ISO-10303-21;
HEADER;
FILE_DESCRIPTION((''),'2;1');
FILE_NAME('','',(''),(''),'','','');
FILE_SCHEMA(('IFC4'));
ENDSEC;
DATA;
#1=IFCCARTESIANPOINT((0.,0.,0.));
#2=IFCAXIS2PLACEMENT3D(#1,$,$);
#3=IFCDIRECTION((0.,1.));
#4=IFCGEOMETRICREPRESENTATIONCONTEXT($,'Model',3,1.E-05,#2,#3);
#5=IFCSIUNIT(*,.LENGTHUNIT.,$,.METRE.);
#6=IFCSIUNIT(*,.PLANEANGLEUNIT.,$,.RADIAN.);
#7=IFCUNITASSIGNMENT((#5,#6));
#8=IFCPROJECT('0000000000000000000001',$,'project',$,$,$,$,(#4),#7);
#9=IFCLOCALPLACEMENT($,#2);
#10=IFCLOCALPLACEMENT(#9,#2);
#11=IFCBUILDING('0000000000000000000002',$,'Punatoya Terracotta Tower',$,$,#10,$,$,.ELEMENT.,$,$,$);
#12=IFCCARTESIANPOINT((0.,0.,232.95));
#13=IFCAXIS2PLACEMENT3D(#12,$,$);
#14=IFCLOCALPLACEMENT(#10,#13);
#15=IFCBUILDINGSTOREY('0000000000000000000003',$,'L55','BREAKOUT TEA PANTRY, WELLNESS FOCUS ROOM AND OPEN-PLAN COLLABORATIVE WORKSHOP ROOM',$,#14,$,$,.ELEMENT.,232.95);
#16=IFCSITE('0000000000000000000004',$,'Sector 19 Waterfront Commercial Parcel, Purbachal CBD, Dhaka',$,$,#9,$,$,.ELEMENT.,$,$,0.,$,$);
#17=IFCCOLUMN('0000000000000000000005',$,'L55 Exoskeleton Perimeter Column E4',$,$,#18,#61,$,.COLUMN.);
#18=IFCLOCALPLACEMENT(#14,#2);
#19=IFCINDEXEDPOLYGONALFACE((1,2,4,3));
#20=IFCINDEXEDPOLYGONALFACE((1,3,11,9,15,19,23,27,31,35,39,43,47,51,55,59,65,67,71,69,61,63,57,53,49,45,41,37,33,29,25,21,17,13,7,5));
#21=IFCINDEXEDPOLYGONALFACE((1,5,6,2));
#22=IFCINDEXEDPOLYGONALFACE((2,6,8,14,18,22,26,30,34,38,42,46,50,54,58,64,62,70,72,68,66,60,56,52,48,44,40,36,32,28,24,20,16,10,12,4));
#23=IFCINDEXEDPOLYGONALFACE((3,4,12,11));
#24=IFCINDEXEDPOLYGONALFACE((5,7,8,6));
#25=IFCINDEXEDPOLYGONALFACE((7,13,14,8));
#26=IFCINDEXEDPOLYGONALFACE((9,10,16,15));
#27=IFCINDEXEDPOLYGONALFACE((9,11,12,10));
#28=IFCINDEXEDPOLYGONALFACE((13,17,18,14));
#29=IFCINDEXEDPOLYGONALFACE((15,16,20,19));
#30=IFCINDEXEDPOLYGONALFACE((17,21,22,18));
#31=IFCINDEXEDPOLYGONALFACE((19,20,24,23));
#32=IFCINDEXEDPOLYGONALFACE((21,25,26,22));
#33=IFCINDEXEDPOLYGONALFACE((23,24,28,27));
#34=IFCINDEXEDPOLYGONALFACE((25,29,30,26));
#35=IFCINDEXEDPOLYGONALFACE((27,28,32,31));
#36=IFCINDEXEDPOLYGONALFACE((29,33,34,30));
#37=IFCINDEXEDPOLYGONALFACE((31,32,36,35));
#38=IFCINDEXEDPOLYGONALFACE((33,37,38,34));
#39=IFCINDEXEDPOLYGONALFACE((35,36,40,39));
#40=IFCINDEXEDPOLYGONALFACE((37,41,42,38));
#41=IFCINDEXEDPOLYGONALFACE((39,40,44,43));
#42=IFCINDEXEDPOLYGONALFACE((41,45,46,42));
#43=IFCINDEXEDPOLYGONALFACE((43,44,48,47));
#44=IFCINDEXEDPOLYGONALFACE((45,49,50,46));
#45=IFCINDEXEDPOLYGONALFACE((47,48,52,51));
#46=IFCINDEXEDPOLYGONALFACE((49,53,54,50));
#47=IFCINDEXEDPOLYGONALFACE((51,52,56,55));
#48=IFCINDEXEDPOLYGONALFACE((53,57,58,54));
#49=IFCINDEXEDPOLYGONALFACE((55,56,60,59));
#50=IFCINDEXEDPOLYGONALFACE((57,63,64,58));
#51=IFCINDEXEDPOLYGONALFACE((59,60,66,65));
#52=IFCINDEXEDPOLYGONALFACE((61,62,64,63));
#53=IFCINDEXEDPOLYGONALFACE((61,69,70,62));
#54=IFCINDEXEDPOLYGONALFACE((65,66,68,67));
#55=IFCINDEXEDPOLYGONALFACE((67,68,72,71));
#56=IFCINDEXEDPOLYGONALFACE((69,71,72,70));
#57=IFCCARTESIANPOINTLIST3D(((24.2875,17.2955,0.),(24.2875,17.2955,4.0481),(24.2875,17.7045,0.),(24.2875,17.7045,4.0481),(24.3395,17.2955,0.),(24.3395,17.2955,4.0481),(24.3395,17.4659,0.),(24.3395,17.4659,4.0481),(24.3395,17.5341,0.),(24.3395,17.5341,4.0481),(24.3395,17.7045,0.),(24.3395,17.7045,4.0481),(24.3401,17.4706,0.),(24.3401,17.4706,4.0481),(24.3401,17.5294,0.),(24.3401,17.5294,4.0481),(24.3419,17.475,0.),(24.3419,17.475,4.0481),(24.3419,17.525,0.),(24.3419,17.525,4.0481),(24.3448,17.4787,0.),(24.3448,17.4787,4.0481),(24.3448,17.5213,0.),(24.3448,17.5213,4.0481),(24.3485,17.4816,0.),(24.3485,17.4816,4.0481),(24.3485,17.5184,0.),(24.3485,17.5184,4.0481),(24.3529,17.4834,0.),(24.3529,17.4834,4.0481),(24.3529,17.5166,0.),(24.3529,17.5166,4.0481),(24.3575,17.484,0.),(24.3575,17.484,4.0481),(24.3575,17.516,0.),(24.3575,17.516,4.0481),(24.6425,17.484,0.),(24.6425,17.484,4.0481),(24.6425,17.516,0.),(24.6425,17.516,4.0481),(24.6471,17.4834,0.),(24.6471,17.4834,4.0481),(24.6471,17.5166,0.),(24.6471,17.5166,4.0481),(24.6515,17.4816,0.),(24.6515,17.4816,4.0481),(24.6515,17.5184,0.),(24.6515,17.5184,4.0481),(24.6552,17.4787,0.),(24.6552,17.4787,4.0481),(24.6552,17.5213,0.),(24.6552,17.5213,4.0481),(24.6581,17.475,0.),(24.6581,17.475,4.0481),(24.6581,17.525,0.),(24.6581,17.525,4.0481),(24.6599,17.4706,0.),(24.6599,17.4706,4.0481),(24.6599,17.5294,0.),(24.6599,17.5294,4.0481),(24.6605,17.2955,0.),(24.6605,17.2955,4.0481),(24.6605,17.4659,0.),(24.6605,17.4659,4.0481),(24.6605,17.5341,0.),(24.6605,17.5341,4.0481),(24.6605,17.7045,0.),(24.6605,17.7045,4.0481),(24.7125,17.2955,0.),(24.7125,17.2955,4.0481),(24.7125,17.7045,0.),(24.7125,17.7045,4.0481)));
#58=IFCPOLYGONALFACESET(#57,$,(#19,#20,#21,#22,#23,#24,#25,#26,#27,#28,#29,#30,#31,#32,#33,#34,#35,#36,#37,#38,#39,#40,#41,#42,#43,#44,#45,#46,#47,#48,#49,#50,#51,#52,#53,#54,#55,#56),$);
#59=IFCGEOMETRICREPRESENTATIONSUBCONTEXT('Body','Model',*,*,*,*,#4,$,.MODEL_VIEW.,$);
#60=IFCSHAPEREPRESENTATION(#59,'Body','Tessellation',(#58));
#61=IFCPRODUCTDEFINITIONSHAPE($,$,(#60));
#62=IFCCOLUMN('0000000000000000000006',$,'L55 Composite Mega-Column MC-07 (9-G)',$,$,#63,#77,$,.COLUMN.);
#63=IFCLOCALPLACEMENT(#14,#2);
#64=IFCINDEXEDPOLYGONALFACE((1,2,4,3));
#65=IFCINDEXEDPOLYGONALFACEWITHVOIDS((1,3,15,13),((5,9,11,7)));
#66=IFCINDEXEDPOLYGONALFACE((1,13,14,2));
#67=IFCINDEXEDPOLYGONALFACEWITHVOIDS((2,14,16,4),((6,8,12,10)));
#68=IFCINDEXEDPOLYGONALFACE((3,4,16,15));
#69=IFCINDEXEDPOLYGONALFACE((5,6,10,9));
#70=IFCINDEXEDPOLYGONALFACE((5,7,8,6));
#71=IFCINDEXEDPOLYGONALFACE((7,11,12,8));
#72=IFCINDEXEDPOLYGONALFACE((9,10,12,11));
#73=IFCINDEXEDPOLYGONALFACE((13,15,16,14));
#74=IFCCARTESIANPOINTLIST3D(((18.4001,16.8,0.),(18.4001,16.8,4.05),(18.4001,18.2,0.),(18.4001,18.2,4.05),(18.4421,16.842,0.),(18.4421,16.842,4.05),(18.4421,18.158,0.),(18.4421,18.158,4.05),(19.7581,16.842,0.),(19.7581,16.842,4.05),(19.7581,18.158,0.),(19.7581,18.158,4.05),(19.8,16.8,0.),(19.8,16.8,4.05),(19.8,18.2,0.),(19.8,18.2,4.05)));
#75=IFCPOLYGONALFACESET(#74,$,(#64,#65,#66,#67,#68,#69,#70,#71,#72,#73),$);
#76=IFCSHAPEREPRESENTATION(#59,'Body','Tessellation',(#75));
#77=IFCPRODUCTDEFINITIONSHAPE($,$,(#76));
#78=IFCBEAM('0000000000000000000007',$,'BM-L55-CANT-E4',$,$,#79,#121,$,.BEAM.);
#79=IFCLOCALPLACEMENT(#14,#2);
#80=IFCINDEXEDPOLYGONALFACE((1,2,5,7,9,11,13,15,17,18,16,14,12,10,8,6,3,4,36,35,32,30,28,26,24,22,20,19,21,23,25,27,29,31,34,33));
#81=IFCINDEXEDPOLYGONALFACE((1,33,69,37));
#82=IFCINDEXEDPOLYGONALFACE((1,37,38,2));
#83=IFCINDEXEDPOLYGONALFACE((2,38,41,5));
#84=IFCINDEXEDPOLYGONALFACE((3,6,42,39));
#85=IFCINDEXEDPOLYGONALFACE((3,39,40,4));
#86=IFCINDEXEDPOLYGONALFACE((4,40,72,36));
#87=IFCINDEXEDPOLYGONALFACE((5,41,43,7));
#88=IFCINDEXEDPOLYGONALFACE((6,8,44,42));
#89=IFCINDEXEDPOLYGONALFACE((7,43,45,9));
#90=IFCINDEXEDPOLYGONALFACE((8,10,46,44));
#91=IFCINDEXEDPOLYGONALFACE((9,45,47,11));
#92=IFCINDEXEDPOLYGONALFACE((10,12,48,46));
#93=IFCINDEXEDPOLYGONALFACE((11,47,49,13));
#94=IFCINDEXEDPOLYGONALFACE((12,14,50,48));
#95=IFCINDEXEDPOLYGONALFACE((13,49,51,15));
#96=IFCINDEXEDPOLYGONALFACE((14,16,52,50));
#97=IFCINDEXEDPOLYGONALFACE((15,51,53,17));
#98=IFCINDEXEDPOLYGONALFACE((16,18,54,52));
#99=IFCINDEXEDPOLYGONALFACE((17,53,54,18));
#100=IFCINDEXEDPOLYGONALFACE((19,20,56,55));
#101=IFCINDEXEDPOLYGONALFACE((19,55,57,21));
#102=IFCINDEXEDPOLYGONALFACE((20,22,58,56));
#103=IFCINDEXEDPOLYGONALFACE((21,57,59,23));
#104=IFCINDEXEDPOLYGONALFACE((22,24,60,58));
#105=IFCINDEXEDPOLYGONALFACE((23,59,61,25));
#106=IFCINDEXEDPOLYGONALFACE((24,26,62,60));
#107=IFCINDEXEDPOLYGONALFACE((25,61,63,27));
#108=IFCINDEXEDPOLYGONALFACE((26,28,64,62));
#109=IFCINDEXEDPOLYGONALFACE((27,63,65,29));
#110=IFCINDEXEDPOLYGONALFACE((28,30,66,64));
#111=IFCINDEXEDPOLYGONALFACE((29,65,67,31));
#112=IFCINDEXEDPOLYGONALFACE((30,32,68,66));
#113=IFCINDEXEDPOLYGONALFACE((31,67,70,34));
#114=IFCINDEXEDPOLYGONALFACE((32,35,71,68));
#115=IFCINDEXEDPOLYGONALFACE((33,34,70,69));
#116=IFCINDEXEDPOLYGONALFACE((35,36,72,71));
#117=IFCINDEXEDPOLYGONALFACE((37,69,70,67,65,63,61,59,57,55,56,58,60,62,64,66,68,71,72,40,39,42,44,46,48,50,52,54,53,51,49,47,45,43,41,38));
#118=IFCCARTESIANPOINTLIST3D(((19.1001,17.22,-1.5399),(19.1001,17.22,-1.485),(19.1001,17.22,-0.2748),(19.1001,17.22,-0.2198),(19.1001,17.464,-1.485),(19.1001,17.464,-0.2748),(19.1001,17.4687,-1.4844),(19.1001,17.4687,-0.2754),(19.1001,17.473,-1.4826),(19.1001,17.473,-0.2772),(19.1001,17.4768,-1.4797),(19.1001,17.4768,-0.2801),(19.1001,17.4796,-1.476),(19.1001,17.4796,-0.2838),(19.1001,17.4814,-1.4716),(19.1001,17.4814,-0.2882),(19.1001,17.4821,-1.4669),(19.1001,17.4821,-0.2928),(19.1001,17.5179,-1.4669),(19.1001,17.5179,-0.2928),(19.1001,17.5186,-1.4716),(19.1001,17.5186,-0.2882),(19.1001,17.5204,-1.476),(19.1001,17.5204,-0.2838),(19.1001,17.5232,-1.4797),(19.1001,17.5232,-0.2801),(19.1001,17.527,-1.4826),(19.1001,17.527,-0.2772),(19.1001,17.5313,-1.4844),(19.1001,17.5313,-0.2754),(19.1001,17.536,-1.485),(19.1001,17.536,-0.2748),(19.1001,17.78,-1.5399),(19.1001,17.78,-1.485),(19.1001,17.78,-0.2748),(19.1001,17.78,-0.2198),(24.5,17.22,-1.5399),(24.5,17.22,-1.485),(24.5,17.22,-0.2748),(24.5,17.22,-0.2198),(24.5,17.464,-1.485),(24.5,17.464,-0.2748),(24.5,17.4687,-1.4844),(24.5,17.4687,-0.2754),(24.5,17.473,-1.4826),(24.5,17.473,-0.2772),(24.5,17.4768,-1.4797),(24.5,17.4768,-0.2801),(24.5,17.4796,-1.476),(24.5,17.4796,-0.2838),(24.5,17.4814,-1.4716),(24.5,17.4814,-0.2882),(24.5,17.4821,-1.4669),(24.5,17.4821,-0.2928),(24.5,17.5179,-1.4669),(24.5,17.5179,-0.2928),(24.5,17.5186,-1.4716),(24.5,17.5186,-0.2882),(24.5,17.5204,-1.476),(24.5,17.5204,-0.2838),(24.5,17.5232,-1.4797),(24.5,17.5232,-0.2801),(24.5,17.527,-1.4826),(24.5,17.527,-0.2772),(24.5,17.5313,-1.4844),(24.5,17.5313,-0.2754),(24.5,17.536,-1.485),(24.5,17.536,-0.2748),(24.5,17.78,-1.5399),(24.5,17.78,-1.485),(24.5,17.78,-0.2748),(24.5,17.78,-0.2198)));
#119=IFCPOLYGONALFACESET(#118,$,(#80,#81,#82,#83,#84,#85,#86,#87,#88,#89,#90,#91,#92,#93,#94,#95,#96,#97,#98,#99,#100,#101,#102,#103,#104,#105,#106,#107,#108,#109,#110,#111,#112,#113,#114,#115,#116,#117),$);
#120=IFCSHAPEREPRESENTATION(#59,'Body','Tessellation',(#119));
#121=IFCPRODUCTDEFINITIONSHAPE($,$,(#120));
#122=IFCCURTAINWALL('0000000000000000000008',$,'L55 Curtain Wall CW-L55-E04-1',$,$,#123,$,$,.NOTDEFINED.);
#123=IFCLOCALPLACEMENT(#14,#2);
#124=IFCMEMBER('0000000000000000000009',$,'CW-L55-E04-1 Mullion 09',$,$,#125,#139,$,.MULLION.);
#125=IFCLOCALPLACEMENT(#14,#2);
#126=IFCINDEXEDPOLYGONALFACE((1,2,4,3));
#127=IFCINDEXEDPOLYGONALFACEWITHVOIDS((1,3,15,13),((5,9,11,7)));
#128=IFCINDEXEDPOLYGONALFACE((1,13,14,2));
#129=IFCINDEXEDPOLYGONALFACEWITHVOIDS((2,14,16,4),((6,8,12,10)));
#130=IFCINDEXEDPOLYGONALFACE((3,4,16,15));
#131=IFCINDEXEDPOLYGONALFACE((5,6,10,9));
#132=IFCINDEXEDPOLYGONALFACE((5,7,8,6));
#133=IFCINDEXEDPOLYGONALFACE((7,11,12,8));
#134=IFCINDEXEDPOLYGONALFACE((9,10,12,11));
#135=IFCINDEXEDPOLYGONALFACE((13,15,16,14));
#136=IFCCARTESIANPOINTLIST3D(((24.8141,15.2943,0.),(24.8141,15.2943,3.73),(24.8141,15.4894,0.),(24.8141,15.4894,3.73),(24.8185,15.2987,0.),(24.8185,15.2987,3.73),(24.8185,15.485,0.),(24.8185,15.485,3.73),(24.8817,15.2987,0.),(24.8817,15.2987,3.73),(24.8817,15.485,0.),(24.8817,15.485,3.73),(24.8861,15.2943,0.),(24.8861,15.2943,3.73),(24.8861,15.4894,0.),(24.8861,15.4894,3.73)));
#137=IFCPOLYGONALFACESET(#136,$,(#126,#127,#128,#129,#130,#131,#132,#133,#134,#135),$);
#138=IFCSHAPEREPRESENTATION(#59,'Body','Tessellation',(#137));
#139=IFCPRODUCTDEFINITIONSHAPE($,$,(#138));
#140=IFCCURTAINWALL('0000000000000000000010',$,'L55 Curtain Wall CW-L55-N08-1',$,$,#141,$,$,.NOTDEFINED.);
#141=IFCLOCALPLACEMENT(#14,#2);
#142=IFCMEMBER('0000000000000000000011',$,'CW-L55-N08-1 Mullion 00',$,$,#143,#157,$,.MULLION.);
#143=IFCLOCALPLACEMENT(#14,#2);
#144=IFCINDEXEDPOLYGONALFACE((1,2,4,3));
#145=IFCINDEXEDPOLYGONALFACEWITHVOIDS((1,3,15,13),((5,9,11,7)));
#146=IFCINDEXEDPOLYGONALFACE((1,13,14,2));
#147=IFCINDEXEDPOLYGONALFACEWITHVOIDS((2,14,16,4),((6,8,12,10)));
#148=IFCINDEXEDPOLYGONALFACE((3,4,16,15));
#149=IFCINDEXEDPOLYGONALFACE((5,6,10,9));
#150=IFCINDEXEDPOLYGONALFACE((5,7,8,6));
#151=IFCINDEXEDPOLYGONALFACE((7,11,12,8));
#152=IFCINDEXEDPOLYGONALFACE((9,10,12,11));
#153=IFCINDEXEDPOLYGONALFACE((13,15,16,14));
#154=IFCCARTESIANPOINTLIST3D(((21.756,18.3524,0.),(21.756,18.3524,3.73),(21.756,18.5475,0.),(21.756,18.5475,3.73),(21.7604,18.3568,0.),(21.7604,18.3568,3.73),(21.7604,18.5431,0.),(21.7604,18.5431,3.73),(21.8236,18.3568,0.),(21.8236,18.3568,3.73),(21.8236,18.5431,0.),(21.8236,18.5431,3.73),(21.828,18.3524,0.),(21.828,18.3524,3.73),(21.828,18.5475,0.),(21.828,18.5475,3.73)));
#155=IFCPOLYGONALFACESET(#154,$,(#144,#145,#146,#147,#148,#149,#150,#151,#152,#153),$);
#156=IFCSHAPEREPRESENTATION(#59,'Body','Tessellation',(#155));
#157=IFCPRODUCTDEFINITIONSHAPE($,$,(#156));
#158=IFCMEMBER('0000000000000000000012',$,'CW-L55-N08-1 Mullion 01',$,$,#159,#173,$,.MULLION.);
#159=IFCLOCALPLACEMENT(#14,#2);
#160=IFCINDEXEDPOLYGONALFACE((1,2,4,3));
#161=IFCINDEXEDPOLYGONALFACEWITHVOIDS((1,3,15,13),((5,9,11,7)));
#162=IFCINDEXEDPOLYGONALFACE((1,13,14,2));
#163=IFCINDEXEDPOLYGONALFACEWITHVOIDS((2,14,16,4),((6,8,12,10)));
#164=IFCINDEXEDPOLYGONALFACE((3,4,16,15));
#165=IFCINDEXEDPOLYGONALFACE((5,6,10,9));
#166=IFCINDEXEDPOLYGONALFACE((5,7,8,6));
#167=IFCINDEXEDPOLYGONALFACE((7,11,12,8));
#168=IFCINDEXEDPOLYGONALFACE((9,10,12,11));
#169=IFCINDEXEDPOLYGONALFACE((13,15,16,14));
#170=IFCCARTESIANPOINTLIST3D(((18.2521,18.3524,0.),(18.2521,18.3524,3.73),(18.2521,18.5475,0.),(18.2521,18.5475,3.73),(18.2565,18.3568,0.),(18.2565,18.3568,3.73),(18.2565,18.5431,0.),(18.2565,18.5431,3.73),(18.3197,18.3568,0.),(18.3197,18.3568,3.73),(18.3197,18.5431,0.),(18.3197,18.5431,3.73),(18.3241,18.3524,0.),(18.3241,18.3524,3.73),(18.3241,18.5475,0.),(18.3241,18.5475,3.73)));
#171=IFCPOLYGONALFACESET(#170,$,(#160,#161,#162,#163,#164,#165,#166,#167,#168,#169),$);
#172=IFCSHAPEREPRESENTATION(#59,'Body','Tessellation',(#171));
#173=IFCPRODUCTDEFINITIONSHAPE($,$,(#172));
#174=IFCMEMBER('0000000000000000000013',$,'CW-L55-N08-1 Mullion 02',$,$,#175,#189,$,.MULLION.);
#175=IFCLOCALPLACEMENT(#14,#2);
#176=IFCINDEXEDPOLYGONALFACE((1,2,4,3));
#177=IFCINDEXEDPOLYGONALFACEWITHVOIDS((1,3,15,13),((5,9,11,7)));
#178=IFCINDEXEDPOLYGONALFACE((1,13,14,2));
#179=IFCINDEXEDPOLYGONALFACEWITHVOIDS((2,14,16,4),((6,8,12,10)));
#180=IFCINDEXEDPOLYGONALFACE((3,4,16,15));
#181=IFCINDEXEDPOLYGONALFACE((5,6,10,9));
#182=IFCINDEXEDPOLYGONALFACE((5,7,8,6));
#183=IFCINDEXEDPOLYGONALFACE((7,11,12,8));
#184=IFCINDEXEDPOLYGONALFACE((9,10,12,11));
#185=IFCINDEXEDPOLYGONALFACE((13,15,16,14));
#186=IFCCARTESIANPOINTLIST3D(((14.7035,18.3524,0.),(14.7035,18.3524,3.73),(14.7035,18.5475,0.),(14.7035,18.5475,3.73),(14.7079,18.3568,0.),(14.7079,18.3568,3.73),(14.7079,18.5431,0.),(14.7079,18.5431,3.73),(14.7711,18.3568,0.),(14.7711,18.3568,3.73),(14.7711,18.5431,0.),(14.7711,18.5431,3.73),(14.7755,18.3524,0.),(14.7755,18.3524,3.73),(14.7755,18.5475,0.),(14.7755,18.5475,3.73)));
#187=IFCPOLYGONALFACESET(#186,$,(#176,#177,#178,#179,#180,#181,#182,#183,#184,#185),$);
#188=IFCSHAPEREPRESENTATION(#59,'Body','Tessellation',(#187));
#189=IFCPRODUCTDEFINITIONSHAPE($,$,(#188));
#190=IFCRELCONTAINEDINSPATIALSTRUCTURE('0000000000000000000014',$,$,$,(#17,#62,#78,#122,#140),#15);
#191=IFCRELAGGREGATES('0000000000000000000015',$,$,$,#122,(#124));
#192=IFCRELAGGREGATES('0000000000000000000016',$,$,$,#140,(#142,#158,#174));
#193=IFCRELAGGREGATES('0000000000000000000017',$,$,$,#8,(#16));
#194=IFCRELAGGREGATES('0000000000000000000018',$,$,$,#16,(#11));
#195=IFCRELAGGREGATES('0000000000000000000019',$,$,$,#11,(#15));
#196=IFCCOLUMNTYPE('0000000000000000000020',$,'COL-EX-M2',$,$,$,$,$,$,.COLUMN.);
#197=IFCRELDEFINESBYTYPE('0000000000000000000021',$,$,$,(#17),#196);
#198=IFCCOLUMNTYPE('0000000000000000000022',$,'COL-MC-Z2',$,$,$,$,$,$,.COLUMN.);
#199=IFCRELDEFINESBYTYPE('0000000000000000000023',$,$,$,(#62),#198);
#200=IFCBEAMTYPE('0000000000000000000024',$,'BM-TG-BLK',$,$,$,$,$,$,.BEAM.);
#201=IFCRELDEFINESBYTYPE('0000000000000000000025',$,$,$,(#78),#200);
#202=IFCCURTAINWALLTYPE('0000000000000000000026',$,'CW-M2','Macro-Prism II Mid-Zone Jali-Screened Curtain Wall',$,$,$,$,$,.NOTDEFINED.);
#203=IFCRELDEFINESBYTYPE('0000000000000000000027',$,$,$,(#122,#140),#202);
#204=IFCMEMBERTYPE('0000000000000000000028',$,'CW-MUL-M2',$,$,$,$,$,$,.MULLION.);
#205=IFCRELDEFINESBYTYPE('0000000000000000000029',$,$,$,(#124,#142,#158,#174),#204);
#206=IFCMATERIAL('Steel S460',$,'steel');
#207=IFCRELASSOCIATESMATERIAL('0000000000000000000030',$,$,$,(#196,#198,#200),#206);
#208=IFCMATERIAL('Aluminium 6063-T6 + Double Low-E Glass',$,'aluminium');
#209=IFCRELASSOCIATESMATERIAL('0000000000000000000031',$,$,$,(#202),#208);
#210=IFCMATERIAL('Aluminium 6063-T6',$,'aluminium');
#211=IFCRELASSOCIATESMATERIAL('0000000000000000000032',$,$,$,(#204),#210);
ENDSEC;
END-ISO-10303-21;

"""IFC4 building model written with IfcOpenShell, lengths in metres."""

from ifc_helpers import new_model, si_unit, direction, frame, origin, origin_2d, place, context, subcontext, project, spatial, hollow_rectangle, i_section, extrude, material, material_profile, profile_set, type_object, element, aggregate, save


model = new_model("IFC4")

# Units and contexts
model_context = context("Model", 3, precision=1e-05, world=origin(), true_north=direction((0.0, 1.0)))
body_context = subcontext(model_context, "Body", "Model", "MODEL_VIEW")
ifc_project = project(units=[si_unit("LENGTHUNIT", "METRE"), si_unit("PLANEANGLEUNIT", "RADIAN")], contexts=[model_context])

# Site, building, storey
site_placement = place(None, origin())
site = spatial("IfcSite", under=ifc_project, at=site_placement, Name="Sector 19 Waterfront Commercial Parcel, Purbachal CBD, Dhaka", CompositionType="ELEMENT", RefElevation=0.0)
building_placement = place(site_placement, origin())
building = spatial("IfcBuilding", under=site, at=building_placement, Name="Punatoya Terracotta Tower", CompositionType="ELEMENT")
storey_placement = place(building_placement, frame((0.0, 0.0, 232.95)))
storey = spatial("IfcBuildingStorey", under=building, at=storey_placement, Name="L55", Description="BREAKOUT TEA PANTRY, WELLNESS FOCUS ROOM AND OPEN-PLAN COLLABORATIVE WORKSHOP ROOM", CompositionType="ELEMENT", Elevation=232.95)

# Columns
ifc_material_1 = material(Name="Steel S460", Category="steel")
ifc_material_profile_1 = material_profile(ifc_material_1, i_section(OverallWidth=0.4089, OverallDepth=0.425, WebThickness=0.032, FlangeThickness=0.052, FilletRadius=0.0181, at=origin_2d()))
ifc_profile_set_1 = profile_set([ifc_material_profile_1], Name="Steel S460")
column_type_1 = type_object("IfcColumnType", Name="COL-EX-M2", PredefinedType="COLUMN", material=ifc_profile_set_1)
column_1_placement = place(storey_placement, frame((24.5, 17.5, 0.0), z_axis=(0.0, 0.0, 1.0), x_axis=(0.0, 1.0, 0.0)))
element("IfcColumn", 1, at=column_1_placement, inside=storey, type_object=column_type_1, Name="L55 Exoskeleton Perimeter Column E4", PredefinedType="COLUMN", context=body_context, shape_type="SweptSolid", body=[
    extrude(i_section(OverallWidth=0.4089, OverallDepth=0.425, WebThickness=0.032, FlangeThickness=0.052, FilletRadius=0.0181, at=origin_2d()), origin(), (0.0, 0.0, 1.0), 4.0481),
])
ifc_material_profile_2 = material_profile(ifc_material_1, hollow_rectangle(XDim=1.3999, YDim=1.3999, WallThickness=0.042, at=origin_2d()))
ifc_profile_set_2 = profile_set([ifc_material_profile_2], Name="Steel S460")
column_type_2 = type_object("IfcColumnType", Name="COL-MC-Z2", PredefinedType="COLUMN", material=ifc_profile_set_2)
column_2_placement = place(storey_placement, frame((19.1001, 17.5, 0.0), z_axis=(0.0, 0.0, 1.0), x_axis=(1.0, 0.0, 0.0)))
element("IfcColumn", 2, at=column_2_placement, inside=storey, type_object=column_type_2, Name="L55 Composite Mega-Column MC-07 (9-G)", PredefinedType="COLUMN", context=body_context, shape_type="SweptSolid", body=[
    extrude(hollow_rectangle(XDim=1.3999, YDim=1.3999, WallThickness=0.042, at=origin_2d()), origin(), (0.0, 0.0, 1.0), 4.05),
])

# Beam
ifc_material_profile_3 = material_profile(ifc_material_1, i_section(OverallWidth=0.5601, OverallDepth=1.3201, WebThickness=0.0359, FlangeThickness=0.0549, FilletRadius=0.0181, at=origin_2d()))
ifc_profile_set_3 = profile_set([ifc_material_profile_3], Name="Steel S460")
beam_type = type_object("IfcBeamType", Name="BM-TG-BLK", PredefinedType="BEAM", material=ifc_profile_set_3)
beam_placement = place(storey_placement, frame((19.1001, 17.5, -0.8799), z_axis=(1.0, 0.0, 0.0), x_axis=(0.0, 1.0, 0.0)))
element("IfcBeam", 3, at=beam_placement, inside=storey, type_object=beam_type, Name="BM-L55-CANT-E4", PredefinedType="BEAM", context=body_context, shape_type="SweptSolid", body=[
    extrude(i_section(OverallWidth=0.5601, OverallDepth=1.3201, WebThickness=0.0359, FlangeThickness=0.0549, FilletRadius=0.0181, at=origin_2d()), origin(), (0.0, 0.0, 1.0), 5.3999),
])

# Curtain wall, member
ifc_material_2 = material(Name="Aluminium 6063-T6 + Double Low-E Glass", Category="aluminium")
curtain_wall_type = type_object("IfcCurtainWallType", Name="CW-M2", Description="Macro-Prism II Mid-Zone Jali-Screened Curtain Wall", PredefinedType="NOTDEFINED", material=ifc_material_2)
curtain_wall_1_placement = place(storey_placement, origin())
curtain_wall_1 = element("IfcCurtainWall", 4, at=curtain_wall_1_placement, inside=storey, type_object=curtain_wall_type, Name="L55 Curtain Wall CW-L55-E04-1", PredefinedType="NOTDEFINED")
ifc_material_3 = material(Name="Aluminium 6063-T6", Category="aluminium")
ifc_material_profile_4 = material_profile(ifc_material_3, hollow_rectangle(XDim=0.072, YDim=0.1951, WallThickness=0.0044, at=origin_2d()))
ifc_profile_set_4 = profile_set([ifc_material_profile_4], Name="Aluminium 6063-T6")
member_type_1 = type_object("IfcMemberType", Name="CW-MUL-M2", PredefinedType="MULLION", material=ifc_profile_set_4)
member_1_placement = place(storey_placement, frame((24.8501, 15.3918, 0.0), z_axis=(0.0, 0.0, 1.0), x_axis=(1.0, 0.0, 0.0)))
member_1 = element("IfcMember", 5, at=member_1_placement, type_object=member_type_1, Name="CW-L55-E04-1 Mullion 09", PredefinedType="MULLION", context=body_context, shape_type="SweptSolid", body=[
    extrude(hollow_rectangle(XDim=0.072, YDim=0.1951, WallThickness=0.0044, at=origin_2d()), origin(), (0.0, 0.0, 1.0), 3.73),
])

# Curtain wall, members
curtain_wall_2_placement = place(storey_placement, origin())
curtain_wall_2 = element("IfcCurtainWall", 6, at=curtain_wall_2_placement, inside=storey, type_object=curtain_wall_type, Name="L55 Curtain Wall CW-L55-N08-1", PredefinedType="NOTDEFINED")
member_2_placement = place(storey_placement, frame((21.792, 18.45, 0.0), z_axis=(0.0, 0.0, 1.0), x_axis=(1.0, 0.0, 0.0)))
member_2 = element("IfcMember", 7, at=member_2_placement, type_object=member_type_1, Name="CW-L55-N08-1 Mullion 00", PredefinedType="MULLION", context=body_context, shape_type="SweptSolid", body=[
    extrude(hollow_rectangle(XDim=0.072, YDim=0.1951, WallThickness=0.0044, at=origin_2d()), origin(), (0.0, 0.0, 1.0), 3.73),
])
member_3_placement = place(storey_placement, frame((18.2881, 18.45, 0.0), z_axis=(0.0, 0.0, 1.0), x_axis=(1.0, 0.0, 0.0)))
member_3 = element("IfcMember", 8, at=member_3_placement, type_object=member_type_1, Name="CW-L55-N08-1 Mullion 01", PredefinedType="MULLION", context=body_context, shape_type="SweptSolid", body=[
    extrude(hollow_rectangle(XDim=0.072, YDim=0.1951, WallThickness=0.0044, at=origin_2d()), origin(), (0.0, 0.0, 1.0), 3.73),
])
member_4_placement = place(storey_placement, frame((14.7395, 18.45, 0.0), z_axis=(0.0, 0.0, 1.0), x_axis=(1.0, 0.0, 0.0)))
member_4 = element("IfcMember", 9, at=member_4_placement, type_object=member_type_1, Name="CW-L55-N08-1 Mullion 02", PredefinedType="MULLION", context=body_context, shape_type="SweptSolid", body=[
    extrude(hollow_rectangle(XDim=0.072, YDim=0.1951, WallThickness=0.0044, at=origin_2d()), origin(), (0.0, 0.0, 1.0), 3.73),
])

aggregate(curtain_wall_1, [member_1])
aggregate(curtain_wall_2, [member_2, member_3, member_4])

save(model, "model.ifc")
